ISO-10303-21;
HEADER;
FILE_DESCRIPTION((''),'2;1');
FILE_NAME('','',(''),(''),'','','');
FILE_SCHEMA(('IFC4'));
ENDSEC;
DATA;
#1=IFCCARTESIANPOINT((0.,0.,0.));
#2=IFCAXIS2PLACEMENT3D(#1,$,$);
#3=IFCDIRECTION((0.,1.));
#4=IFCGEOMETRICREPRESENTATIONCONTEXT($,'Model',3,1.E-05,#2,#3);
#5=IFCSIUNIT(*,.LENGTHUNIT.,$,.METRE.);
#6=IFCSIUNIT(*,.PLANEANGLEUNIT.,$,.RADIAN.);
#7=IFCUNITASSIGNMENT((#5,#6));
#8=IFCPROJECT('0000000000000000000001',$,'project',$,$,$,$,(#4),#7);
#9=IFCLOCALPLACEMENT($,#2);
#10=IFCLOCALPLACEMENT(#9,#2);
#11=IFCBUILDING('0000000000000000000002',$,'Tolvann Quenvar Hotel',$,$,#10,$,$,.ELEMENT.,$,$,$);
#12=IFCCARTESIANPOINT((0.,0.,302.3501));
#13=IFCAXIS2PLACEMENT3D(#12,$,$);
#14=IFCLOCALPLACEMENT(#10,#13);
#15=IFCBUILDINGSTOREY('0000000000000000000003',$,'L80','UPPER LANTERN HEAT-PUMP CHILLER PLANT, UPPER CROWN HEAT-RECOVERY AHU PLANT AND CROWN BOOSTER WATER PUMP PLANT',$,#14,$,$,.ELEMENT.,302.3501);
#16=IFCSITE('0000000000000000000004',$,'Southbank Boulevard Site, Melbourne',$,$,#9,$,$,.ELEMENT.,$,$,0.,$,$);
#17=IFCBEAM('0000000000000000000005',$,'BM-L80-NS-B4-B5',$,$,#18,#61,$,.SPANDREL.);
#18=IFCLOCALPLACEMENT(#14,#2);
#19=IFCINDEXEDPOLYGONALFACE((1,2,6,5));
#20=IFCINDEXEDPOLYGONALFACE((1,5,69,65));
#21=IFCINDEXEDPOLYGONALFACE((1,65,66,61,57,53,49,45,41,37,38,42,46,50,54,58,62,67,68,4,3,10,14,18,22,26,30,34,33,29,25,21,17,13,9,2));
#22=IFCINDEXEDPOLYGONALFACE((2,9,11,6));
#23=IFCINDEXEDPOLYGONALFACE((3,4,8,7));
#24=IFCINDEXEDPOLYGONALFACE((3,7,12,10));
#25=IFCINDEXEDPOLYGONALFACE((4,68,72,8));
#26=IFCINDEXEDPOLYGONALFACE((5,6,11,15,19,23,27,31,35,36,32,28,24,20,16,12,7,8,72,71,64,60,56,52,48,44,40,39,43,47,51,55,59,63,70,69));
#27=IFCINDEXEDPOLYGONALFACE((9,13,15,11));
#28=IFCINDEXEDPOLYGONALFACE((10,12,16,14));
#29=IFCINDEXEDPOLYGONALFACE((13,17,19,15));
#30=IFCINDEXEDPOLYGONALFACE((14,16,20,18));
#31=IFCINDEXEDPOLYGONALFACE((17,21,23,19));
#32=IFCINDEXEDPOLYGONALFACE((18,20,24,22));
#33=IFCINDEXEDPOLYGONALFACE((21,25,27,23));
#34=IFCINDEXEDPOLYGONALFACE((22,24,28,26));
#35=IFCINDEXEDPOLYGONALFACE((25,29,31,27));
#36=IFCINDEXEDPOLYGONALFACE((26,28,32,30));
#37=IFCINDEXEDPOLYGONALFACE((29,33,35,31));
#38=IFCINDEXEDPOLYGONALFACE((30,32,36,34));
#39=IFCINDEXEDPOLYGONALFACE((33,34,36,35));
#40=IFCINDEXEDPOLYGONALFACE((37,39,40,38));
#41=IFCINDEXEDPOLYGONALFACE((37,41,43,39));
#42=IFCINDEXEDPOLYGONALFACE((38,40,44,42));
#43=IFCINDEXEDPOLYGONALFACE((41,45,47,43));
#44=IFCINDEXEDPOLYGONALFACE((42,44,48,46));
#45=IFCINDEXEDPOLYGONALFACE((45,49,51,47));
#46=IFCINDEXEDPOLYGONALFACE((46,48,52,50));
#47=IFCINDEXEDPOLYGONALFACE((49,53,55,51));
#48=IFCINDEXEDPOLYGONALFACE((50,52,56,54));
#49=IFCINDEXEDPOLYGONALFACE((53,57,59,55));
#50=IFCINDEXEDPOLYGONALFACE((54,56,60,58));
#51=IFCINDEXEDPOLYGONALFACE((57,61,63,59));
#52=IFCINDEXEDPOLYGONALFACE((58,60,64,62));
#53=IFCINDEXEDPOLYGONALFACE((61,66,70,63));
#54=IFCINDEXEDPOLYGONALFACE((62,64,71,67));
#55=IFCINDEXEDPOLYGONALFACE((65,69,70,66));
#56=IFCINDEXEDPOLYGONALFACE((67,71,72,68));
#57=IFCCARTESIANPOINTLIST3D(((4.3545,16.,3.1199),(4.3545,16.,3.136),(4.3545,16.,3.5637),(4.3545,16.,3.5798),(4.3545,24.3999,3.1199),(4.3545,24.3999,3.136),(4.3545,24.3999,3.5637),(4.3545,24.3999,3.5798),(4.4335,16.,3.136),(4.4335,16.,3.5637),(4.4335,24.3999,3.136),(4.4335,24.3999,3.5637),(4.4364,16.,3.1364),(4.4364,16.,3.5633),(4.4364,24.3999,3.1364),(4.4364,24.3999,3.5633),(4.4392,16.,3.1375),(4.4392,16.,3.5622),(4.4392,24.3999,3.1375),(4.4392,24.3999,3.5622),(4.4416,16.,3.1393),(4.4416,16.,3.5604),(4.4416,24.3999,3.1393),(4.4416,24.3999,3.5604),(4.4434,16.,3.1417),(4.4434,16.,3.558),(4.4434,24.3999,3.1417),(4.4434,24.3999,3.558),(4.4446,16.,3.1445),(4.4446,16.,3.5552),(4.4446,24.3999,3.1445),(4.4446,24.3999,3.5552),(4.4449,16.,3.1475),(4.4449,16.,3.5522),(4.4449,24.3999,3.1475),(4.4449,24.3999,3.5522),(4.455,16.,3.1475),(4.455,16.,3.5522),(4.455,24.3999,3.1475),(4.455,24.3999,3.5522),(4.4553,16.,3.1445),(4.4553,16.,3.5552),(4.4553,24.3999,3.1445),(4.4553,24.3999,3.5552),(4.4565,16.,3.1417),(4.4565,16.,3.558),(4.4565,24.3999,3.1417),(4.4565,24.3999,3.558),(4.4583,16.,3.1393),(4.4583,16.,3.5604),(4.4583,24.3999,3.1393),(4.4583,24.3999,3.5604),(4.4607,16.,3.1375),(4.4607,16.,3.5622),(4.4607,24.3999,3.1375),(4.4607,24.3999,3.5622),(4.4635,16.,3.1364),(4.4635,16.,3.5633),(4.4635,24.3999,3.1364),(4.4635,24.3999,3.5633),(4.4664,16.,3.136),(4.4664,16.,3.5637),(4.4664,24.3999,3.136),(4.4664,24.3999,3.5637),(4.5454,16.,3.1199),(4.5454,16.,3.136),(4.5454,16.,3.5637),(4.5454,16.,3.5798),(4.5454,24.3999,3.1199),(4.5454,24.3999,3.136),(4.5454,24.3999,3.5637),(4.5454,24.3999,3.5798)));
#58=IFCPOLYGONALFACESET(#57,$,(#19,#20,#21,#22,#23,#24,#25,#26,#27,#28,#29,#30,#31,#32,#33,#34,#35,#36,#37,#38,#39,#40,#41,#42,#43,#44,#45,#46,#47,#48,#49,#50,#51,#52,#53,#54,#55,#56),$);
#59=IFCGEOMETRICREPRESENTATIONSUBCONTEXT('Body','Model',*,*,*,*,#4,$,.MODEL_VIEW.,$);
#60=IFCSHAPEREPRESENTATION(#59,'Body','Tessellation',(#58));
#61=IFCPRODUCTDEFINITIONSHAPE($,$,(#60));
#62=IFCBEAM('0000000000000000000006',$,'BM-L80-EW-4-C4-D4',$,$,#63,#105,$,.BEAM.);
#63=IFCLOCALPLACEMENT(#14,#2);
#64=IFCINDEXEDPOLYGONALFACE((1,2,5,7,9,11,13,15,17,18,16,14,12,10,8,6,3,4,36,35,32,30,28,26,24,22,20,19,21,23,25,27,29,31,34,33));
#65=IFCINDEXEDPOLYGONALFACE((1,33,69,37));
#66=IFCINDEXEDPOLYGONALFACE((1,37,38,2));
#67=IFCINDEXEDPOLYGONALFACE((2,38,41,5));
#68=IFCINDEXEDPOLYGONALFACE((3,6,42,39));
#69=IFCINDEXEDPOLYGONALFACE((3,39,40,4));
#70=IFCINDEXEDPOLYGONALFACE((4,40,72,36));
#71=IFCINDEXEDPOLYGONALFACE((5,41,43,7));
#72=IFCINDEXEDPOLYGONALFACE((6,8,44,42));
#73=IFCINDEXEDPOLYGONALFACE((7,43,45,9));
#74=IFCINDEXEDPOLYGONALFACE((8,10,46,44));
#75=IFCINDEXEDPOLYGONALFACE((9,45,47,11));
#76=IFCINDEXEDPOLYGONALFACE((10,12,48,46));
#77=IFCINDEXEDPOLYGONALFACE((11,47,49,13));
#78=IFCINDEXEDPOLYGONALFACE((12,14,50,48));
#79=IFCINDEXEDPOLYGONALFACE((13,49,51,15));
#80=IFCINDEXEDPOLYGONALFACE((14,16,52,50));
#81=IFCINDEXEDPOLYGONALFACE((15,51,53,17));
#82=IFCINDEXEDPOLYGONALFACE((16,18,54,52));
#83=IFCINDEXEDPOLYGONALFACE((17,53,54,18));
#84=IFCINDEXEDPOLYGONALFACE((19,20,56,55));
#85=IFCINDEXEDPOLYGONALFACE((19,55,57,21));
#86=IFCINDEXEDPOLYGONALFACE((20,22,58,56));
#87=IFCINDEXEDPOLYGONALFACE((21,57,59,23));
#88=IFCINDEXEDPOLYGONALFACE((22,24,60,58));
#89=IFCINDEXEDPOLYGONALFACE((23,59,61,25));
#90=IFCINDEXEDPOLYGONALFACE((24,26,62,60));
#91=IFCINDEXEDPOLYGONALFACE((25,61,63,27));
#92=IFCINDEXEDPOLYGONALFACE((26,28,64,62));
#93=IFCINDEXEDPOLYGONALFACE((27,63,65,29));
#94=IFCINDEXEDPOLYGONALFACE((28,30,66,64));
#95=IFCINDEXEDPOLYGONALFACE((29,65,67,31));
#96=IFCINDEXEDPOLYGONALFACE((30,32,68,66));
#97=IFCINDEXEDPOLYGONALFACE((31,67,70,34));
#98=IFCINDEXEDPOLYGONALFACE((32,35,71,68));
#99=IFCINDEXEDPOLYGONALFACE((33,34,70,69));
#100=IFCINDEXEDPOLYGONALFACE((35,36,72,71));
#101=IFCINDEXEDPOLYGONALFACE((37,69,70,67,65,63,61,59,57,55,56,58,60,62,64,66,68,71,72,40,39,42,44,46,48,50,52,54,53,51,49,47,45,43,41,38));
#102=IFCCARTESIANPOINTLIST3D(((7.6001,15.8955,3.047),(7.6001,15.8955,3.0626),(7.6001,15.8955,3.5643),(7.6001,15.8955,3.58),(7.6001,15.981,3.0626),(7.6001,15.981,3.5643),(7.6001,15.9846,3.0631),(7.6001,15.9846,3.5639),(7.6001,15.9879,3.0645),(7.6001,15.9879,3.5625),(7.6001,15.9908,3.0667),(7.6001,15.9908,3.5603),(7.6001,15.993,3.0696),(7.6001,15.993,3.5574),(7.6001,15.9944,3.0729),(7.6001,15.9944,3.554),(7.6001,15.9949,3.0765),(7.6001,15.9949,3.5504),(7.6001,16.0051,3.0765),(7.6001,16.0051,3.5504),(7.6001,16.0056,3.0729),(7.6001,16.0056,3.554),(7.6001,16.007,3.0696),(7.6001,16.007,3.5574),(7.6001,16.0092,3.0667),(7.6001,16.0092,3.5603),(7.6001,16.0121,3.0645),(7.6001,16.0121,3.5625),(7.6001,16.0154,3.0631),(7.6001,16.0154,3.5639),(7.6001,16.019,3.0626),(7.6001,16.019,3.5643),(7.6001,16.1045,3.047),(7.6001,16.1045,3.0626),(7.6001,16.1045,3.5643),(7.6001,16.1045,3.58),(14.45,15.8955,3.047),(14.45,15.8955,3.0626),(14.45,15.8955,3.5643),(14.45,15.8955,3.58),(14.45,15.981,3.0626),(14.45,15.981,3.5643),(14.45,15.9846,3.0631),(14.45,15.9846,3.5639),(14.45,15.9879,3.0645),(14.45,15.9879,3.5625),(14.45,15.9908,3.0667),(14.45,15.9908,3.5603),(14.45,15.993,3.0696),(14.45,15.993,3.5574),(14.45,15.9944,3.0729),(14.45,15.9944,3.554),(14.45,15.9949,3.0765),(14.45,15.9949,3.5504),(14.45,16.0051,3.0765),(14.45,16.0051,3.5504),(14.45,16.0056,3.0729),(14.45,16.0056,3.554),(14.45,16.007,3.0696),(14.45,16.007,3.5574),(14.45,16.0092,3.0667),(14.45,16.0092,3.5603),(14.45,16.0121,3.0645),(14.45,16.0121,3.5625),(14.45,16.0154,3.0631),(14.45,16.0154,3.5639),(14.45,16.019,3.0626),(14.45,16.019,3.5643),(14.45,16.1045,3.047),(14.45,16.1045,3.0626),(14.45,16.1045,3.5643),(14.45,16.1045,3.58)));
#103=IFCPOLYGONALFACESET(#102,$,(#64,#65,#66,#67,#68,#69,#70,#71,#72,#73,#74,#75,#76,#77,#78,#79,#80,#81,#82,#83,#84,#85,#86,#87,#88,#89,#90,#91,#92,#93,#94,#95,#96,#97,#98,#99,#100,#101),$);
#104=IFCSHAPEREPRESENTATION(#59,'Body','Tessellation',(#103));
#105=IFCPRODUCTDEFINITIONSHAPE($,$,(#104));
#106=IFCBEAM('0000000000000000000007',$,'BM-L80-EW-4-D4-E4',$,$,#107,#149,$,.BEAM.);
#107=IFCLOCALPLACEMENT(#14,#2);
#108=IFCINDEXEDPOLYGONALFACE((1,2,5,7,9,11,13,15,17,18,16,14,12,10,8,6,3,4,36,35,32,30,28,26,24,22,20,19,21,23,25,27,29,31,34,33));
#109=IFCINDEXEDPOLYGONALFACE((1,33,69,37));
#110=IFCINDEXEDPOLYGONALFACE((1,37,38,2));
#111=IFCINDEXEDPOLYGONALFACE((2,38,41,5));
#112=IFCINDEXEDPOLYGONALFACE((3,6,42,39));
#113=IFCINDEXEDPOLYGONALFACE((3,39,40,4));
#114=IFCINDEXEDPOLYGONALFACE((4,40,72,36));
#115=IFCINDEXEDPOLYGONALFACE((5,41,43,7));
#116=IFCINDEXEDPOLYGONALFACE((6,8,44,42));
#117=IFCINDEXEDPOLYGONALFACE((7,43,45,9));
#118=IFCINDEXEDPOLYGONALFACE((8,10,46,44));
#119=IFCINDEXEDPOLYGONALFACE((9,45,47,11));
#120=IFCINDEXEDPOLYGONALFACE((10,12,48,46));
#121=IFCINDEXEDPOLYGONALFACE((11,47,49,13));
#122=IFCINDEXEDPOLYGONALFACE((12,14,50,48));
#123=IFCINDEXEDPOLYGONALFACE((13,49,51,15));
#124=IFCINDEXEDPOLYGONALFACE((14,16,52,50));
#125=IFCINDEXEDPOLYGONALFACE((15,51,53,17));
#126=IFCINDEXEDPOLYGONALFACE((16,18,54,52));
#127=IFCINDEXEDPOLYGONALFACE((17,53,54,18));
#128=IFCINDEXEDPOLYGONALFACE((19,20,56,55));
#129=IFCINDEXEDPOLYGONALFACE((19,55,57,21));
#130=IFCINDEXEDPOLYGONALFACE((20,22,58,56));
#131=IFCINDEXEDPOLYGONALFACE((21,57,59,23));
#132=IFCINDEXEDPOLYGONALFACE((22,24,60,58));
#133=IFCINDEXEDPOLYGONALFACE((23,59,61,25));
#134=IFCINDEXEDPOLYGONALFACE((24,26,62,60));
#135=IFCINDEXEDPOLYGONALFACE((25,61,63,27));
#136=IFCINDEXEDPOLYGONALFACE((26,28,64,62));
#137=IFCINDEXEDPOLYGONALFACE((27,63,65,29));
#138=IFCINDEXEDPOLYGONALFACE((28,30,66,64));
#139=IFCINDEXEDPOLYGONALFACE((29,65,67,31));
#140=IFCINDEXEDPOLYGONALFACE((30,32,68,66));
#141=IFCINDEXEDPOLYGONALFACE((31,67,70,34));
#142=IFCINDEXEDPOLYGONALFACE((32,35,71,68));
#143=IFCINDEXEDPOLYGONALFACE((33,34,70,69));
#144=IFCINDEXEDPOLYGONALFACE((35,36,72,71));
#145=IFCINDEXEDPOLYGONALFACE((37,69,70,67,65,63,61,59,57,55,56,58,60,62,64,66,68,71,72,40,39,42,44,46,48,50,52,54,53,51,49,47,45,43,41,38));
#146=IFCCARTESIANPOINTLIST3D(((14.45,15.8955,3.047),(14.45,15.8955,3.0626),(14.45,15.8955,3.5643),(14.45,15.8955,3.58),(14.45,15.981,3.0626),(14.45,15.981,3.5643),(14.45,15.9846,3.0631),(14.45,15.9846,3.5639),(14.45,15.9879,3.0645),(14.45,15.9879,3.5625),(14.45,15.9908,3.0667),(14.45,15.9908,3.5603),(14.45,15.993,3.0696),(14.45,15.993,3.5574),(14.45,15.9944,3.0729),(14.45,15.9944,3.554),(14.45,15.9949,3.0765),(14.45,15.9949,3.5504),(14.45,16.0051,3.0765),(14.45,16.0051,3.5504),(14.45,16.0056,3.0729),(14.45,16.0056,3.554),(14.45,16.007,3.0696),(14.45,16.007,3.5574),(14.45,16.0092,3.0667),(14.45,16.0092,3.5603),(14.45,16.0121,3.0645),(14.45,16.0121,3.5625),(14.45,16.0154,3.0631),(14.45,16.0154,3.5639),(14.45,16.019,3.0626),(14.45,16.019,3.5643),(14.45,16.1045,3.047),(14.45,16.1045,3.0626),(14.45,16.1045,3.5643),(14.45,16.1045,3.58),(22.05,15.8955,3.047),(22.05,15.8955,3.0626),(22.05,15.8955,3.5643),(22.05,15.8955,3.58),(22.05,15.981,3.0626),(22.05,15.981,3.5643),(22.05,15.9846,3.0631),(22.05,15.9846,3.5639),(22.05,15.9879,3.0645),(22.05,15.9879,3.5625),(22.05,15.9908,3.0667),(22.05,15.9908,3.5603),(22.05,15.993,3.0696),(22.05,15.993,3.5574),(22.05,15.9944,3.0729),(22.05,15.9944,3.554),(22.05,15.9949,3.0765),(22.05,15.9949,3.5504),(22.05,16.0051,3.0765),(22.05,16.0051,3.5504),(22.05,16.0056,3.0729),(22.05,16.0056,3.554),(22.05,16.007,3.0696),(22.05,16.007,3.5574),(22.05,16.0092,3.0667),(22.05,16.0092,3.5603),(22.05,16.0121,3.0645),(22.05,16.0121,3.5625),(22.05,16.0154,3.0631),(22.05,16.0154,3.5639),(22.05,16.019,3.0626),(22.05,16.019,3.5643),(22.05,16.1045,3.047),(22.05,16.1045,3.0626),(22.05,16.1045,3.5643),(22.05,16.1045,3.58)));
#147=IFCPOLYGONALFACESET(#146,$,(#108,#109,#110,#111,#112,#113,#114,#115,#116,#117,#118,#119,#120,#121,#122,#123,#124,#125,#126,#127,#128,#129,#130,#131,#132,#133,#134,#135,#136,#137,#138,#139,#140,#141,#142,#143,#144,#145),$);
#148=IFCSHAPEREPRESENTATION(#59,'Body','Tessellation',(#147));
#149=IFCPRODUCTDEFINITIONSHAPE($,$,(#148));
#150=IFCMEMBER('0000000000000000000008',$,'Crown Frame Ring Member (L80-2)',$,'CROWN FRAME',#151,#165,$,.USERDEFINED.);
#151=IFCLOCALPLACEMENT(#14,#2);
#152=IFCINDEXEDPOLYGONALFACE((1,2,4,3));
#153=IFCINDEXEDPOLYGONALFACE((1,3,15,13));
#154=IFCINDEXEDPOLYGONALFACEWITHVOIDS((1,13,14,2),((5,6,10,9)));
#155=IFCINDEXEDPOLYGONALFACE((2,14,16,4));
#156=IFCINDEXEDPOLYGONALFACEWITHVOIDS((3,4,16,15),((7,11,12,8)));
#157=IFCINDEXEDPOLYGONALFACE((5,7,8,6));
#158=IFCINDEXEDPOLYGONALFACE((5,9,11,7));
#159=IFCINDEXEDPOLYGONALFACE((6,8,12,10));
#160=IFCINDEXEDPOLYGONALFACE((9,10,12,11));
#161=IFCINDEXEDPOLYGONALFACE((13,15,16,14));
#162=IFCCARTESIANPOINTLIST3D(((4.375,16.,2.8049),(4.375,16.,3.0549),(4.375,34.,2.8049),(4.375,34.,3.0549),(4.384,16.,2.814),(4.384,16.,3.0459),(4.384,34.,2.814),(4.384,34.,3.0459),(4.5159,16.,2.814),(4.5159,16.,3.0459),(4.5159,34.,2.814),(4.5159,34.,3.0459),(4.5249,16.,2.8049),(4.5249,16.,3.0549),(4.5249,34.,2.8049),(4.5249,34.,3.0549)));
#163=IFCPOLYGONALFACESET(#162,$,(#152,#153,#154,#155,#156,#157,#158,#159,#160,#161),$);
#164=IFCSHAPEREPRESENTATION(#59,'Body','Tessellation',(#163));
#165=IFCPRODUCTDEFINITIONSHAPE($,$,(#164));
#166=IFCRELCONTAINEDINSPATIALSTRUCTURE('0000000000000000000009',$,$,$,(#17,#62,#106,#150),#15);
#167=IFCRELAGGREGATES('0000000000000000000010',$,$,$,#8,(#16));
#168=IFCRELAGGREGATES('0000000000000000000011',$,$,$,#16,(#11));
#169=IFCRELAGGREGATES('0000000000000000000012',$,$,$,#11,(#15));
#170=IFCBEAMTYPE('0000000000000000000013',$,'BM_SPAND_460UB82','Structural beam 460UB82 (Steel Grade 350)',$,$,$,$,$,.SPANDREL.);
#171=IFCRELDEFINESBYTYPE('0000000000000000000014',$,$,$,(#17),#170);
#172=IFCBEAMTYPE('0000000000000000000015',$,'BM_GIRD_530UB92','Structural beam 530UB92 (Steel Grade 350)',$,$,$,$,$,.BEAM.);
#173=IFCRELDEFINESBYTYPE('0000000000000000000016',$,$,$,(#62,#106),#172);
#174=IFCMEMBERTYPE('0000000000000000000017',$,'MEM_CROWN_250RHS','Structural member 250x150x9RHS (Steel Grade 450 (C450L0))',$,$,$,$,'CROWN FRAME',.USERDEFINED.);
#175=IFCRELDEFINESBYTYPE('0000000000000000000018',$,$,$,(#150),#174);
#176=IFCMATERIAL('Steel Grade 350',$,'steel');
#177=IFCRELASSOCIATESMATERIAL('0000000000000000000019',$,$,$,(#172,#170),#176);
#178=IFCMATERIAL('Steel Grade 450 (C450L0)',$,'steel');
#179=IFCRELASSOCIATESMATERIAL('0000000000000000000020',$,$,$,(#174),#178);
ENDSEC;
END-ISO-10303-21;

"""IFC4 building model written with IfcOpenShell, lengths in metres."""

from ifc_helpers import new_model, si_unit, direction, frame, origin, origin_2d, place, context, subcontext, project, spatial, hollow_rectangle, i_section, extrude, source, transform, mapped, material, material_profile, profile_set, type_object, type_shapes, element, save


model = new_model("IFC4")

# Units and contexts
model_context = context("Model", 3, precision=1e-05, world=origin(), true_north=direction((0.0, 1.0)))
body_context = subcontext(model_context, "Body", "Model", "MODEL_VIEW")
ifc_project = project(units=[si_unit("LENGTHUNIT", "METRE"), si_unit("PLANEANGLEUNIT", "RADIAN")], contexts=[model_context])

# Site, building, storey
site_placement = place(None, origin())
site = spatial("IfcSite", under=ifc_project, at=site_placement, Name="Southbank Boulevard Site, Melbourne", CompositionType="ELEMENT", RefElevation=0.0)
building_placement = place(site_placement, origin())
building = spatial("IfcBuilding", under=site, at=building_placement, Name="Tolvann Quenvar Hotel", CompositionType="ELEMENT")
storey_placement = place(building_placement, frame((0.0, 0.0, 302.3501)))
storey = spatial("IfcBuildingStorey", under=building, at=storey_placement, Name="L80", Description="UPPER LANTERN HEAT-PUMP CHILLER PLANT, UPPER CROWN HEAT-RECOVERY AHU PLANT AND CROWN BOOSTER WATER PUMP PLANT", CompositionType="ELEMENT", Elevation=302.3501)

# Shared definitions
ifc_material_1 = material(Name="Steel Grade 350", Category="steel")

# Beams
ifc_material_profile_1 = material_profile(ifc_material_1, i_section(OverallWidth=0.209, OverallDepth=0.533, WebThickness=0.0103, FlangeThickness=0.0156, FilletRadius=0.0139, at=origin_2d()), Name="530UB92")
ifc_profile_set_1 = profile_set([ifc_material_profile_1], Name="Steel Grade 350")
beam_type_1 = type_object("IfcBeamType", Name="BM_GIRD_530UB92", Description="Structural beam 530UB92 (Steel Grade 350)", PredefinedType="BEAM", material=ifc_profile_set_1)
ifc_material_profile_2 = material_profile(ifc_material_1, i_section(OverallWidth=0.1909, OverallDepth=0.46, WebThickness=0.01, FlangeThickness=0.0161, FilletRadius=0.0115, at=origin_2d()), Name="460UB82")
ifc_profile_set_2 = profile_set([ifc_material_profile_2], Name="Steel Grade 350")
beam_type_2 = type_object("IfcBeamType", Name="BM_SPAND_460UB82", Description="Structural beam 460UB82 (Steel Grade 350)", PredefinedType="SPANDREL", material=ifc_profile_set_2)
shared_shape_1 = source(origin(), body_context, "Body", "SweptSolid", [
    extrude(i_section(OverallWidth=0.1909, OverallDepth=0.46, WebThickness=0.01, FlangeThickness=0.0161, FilletRadius=0.0115, at=origin_2d()), origin(), (0.0, 0.0, 1.0), 8.3999),
])
type_shapes(beam_type_2, [shared_shape_1])
beam_1_placement = place(storey_placement, frame((4.45, 16.0, 3.3499), z_axis=(0.0, 1.0, 0.0), x_axis=(-1.0, 0.0, 0.0)))
element("IfcBeam", 1, at=beam_1_placement, inside=storey, type_object=beam_type_2, Name="BM-L80-NS-B4-B5", PredefinedType="SPANDREL", context=body_context, shape_type="MappedRepresentation", body=[
    mapped(shared_shape_1, transform((0.0, 0.0, 0.0), x_axis=(1.0, 0.0, 0.0), y_axis=(0.0, 1.0, 0.0), z_axis=(0.0, 0.0, 1.0), scale=1.0)),
])
shared_shape_2 = source(origin(), body_context, "Body", "SweptSolid", [
    extrude(i_section(OverallWidth=0.209, OverallDepth=0.533, WebThickness=0.0103, FlangeThickness=0.0156, FilletRadius=0.0139, at=origin_2d()), origin(), (0.0, 0.0, 1.0), 6.8499),
])
beam_2_placement = place(storey_placement, frame((7.6001, 16.0, 3.3135), z_axis=(1.0, 0.0, 0.0), x_axis=(0.0, 1.0, 0.0)))
element("IfcBeam", 2, at=beam_2_placement, inside=storey, type_object=beam_type_1, Name="BM-L80-EW-4-C4-D4", PredefinedType="BEAM", context=body_context, shape_type="MappedRepresentation", body=[
    mapped(shared_shape_2, transform((0.0, 0.0, 0.0), x_axis=(1.0, 0.0, 0.0), y_axis=(0.0, 1.0, 0.0), z_axis=(0.0, 0.0, 1.0), scale=1.0)),
])
shared_shape_3 = source(origin(), body_context, "Body", "SweptSolid", [
    extrude(i_section(OverallWidth=0.209, OverallDepth=0.533, WebThickness=0.0103, FlangeThickness=0.0156, FilletRadius=0.0139, at=origin_2d()), origin(), (0.0, 0.0, 1.0), 7.6001),
])
beam_3_placement = place(storey_placement, frame((14.45, 16.0, 3.3135), z_axis=(1.0, 0.0, 0.0), x_axis=(0.0, 1.0, 0.0)))
element("IfcBeam", 3, at=beam_3_placement, inside=storey, type_object=beam_type_1, Name="BM-L80-EW-4-D4-E4", PredefinedType="BEAM", context=body_context, shape_type="MappedRepresentation", body=[
    mapped(shared_shape_3, transform((0.0, 0.0, 0.0), x_axis=(1.0, 0.0, 0.0), y_axis=(0.0, 1.0, 0.0), z_axis=(0.0, 0.0, 1.0), scale=1.0)),
])

# Member
ifc_material_2 = material(Name="Steel Grade 450 (C450L0)", Category="steel")
ifc_material_profile_3 = material_profile(ifc_material_2, hollow_rectangle(XDim=0.1499, YDim=0.25, WallThickness=0.009, at=origin_2d()), Name="250x150x9RHS")
ifc_profile_set_3 = profile_set([ifc_material_profile_3], Name="Steel Grade 450 (C450L0)")
member_type_1 = type_object("IfcMemberType", Name="MEM_CROWN_250RHS", Description="Structural member 250x150x9RHS (Steel Grade 450 (C450L0))", ElementType="CROWN FRAME", PredefinedType="USERDEFINED", material=ifc_profile_set_3)
shared_shape_4 = source(origin(), body_context, "Body", "SweptSolid", [
    extrude(hollow_rectangle(XDim=0.1499, YDim=0.25, WallThickness=0.009, at=origin_2d()), origin(), (0.0, 0.0, 1.0), 18.0),
])
type_shapes(member_type_1, [shared_shape_4])
member_1_placement = place(storey_placement, frame((4.45, 16.0, 2.9299), z_axis=(0.0, 1.0, 0.0), x_axis=(-1.0, 0.0, 0.0)))
element("IfcMember", 4, at=member_1_placement, inside=storey, type_object=member_type_1, Name="Crown Frame Ring Member (L80-2)", ObjectType="CROWN FRAME", PredefinedType="USERDEFINED", context=body_context, shape_type="MappedRepresentation", body=[
    mapped(shared_shape_4, transform((0.0, 0.0, 0.0), x_axis=(1.0, 0.0, 0.0), y_axis=(0.0, 1.0, 0.0), z_axis=(0.0, 0.0, 1.0), scale=1.0)),
])

save(model, "model.ifc")
